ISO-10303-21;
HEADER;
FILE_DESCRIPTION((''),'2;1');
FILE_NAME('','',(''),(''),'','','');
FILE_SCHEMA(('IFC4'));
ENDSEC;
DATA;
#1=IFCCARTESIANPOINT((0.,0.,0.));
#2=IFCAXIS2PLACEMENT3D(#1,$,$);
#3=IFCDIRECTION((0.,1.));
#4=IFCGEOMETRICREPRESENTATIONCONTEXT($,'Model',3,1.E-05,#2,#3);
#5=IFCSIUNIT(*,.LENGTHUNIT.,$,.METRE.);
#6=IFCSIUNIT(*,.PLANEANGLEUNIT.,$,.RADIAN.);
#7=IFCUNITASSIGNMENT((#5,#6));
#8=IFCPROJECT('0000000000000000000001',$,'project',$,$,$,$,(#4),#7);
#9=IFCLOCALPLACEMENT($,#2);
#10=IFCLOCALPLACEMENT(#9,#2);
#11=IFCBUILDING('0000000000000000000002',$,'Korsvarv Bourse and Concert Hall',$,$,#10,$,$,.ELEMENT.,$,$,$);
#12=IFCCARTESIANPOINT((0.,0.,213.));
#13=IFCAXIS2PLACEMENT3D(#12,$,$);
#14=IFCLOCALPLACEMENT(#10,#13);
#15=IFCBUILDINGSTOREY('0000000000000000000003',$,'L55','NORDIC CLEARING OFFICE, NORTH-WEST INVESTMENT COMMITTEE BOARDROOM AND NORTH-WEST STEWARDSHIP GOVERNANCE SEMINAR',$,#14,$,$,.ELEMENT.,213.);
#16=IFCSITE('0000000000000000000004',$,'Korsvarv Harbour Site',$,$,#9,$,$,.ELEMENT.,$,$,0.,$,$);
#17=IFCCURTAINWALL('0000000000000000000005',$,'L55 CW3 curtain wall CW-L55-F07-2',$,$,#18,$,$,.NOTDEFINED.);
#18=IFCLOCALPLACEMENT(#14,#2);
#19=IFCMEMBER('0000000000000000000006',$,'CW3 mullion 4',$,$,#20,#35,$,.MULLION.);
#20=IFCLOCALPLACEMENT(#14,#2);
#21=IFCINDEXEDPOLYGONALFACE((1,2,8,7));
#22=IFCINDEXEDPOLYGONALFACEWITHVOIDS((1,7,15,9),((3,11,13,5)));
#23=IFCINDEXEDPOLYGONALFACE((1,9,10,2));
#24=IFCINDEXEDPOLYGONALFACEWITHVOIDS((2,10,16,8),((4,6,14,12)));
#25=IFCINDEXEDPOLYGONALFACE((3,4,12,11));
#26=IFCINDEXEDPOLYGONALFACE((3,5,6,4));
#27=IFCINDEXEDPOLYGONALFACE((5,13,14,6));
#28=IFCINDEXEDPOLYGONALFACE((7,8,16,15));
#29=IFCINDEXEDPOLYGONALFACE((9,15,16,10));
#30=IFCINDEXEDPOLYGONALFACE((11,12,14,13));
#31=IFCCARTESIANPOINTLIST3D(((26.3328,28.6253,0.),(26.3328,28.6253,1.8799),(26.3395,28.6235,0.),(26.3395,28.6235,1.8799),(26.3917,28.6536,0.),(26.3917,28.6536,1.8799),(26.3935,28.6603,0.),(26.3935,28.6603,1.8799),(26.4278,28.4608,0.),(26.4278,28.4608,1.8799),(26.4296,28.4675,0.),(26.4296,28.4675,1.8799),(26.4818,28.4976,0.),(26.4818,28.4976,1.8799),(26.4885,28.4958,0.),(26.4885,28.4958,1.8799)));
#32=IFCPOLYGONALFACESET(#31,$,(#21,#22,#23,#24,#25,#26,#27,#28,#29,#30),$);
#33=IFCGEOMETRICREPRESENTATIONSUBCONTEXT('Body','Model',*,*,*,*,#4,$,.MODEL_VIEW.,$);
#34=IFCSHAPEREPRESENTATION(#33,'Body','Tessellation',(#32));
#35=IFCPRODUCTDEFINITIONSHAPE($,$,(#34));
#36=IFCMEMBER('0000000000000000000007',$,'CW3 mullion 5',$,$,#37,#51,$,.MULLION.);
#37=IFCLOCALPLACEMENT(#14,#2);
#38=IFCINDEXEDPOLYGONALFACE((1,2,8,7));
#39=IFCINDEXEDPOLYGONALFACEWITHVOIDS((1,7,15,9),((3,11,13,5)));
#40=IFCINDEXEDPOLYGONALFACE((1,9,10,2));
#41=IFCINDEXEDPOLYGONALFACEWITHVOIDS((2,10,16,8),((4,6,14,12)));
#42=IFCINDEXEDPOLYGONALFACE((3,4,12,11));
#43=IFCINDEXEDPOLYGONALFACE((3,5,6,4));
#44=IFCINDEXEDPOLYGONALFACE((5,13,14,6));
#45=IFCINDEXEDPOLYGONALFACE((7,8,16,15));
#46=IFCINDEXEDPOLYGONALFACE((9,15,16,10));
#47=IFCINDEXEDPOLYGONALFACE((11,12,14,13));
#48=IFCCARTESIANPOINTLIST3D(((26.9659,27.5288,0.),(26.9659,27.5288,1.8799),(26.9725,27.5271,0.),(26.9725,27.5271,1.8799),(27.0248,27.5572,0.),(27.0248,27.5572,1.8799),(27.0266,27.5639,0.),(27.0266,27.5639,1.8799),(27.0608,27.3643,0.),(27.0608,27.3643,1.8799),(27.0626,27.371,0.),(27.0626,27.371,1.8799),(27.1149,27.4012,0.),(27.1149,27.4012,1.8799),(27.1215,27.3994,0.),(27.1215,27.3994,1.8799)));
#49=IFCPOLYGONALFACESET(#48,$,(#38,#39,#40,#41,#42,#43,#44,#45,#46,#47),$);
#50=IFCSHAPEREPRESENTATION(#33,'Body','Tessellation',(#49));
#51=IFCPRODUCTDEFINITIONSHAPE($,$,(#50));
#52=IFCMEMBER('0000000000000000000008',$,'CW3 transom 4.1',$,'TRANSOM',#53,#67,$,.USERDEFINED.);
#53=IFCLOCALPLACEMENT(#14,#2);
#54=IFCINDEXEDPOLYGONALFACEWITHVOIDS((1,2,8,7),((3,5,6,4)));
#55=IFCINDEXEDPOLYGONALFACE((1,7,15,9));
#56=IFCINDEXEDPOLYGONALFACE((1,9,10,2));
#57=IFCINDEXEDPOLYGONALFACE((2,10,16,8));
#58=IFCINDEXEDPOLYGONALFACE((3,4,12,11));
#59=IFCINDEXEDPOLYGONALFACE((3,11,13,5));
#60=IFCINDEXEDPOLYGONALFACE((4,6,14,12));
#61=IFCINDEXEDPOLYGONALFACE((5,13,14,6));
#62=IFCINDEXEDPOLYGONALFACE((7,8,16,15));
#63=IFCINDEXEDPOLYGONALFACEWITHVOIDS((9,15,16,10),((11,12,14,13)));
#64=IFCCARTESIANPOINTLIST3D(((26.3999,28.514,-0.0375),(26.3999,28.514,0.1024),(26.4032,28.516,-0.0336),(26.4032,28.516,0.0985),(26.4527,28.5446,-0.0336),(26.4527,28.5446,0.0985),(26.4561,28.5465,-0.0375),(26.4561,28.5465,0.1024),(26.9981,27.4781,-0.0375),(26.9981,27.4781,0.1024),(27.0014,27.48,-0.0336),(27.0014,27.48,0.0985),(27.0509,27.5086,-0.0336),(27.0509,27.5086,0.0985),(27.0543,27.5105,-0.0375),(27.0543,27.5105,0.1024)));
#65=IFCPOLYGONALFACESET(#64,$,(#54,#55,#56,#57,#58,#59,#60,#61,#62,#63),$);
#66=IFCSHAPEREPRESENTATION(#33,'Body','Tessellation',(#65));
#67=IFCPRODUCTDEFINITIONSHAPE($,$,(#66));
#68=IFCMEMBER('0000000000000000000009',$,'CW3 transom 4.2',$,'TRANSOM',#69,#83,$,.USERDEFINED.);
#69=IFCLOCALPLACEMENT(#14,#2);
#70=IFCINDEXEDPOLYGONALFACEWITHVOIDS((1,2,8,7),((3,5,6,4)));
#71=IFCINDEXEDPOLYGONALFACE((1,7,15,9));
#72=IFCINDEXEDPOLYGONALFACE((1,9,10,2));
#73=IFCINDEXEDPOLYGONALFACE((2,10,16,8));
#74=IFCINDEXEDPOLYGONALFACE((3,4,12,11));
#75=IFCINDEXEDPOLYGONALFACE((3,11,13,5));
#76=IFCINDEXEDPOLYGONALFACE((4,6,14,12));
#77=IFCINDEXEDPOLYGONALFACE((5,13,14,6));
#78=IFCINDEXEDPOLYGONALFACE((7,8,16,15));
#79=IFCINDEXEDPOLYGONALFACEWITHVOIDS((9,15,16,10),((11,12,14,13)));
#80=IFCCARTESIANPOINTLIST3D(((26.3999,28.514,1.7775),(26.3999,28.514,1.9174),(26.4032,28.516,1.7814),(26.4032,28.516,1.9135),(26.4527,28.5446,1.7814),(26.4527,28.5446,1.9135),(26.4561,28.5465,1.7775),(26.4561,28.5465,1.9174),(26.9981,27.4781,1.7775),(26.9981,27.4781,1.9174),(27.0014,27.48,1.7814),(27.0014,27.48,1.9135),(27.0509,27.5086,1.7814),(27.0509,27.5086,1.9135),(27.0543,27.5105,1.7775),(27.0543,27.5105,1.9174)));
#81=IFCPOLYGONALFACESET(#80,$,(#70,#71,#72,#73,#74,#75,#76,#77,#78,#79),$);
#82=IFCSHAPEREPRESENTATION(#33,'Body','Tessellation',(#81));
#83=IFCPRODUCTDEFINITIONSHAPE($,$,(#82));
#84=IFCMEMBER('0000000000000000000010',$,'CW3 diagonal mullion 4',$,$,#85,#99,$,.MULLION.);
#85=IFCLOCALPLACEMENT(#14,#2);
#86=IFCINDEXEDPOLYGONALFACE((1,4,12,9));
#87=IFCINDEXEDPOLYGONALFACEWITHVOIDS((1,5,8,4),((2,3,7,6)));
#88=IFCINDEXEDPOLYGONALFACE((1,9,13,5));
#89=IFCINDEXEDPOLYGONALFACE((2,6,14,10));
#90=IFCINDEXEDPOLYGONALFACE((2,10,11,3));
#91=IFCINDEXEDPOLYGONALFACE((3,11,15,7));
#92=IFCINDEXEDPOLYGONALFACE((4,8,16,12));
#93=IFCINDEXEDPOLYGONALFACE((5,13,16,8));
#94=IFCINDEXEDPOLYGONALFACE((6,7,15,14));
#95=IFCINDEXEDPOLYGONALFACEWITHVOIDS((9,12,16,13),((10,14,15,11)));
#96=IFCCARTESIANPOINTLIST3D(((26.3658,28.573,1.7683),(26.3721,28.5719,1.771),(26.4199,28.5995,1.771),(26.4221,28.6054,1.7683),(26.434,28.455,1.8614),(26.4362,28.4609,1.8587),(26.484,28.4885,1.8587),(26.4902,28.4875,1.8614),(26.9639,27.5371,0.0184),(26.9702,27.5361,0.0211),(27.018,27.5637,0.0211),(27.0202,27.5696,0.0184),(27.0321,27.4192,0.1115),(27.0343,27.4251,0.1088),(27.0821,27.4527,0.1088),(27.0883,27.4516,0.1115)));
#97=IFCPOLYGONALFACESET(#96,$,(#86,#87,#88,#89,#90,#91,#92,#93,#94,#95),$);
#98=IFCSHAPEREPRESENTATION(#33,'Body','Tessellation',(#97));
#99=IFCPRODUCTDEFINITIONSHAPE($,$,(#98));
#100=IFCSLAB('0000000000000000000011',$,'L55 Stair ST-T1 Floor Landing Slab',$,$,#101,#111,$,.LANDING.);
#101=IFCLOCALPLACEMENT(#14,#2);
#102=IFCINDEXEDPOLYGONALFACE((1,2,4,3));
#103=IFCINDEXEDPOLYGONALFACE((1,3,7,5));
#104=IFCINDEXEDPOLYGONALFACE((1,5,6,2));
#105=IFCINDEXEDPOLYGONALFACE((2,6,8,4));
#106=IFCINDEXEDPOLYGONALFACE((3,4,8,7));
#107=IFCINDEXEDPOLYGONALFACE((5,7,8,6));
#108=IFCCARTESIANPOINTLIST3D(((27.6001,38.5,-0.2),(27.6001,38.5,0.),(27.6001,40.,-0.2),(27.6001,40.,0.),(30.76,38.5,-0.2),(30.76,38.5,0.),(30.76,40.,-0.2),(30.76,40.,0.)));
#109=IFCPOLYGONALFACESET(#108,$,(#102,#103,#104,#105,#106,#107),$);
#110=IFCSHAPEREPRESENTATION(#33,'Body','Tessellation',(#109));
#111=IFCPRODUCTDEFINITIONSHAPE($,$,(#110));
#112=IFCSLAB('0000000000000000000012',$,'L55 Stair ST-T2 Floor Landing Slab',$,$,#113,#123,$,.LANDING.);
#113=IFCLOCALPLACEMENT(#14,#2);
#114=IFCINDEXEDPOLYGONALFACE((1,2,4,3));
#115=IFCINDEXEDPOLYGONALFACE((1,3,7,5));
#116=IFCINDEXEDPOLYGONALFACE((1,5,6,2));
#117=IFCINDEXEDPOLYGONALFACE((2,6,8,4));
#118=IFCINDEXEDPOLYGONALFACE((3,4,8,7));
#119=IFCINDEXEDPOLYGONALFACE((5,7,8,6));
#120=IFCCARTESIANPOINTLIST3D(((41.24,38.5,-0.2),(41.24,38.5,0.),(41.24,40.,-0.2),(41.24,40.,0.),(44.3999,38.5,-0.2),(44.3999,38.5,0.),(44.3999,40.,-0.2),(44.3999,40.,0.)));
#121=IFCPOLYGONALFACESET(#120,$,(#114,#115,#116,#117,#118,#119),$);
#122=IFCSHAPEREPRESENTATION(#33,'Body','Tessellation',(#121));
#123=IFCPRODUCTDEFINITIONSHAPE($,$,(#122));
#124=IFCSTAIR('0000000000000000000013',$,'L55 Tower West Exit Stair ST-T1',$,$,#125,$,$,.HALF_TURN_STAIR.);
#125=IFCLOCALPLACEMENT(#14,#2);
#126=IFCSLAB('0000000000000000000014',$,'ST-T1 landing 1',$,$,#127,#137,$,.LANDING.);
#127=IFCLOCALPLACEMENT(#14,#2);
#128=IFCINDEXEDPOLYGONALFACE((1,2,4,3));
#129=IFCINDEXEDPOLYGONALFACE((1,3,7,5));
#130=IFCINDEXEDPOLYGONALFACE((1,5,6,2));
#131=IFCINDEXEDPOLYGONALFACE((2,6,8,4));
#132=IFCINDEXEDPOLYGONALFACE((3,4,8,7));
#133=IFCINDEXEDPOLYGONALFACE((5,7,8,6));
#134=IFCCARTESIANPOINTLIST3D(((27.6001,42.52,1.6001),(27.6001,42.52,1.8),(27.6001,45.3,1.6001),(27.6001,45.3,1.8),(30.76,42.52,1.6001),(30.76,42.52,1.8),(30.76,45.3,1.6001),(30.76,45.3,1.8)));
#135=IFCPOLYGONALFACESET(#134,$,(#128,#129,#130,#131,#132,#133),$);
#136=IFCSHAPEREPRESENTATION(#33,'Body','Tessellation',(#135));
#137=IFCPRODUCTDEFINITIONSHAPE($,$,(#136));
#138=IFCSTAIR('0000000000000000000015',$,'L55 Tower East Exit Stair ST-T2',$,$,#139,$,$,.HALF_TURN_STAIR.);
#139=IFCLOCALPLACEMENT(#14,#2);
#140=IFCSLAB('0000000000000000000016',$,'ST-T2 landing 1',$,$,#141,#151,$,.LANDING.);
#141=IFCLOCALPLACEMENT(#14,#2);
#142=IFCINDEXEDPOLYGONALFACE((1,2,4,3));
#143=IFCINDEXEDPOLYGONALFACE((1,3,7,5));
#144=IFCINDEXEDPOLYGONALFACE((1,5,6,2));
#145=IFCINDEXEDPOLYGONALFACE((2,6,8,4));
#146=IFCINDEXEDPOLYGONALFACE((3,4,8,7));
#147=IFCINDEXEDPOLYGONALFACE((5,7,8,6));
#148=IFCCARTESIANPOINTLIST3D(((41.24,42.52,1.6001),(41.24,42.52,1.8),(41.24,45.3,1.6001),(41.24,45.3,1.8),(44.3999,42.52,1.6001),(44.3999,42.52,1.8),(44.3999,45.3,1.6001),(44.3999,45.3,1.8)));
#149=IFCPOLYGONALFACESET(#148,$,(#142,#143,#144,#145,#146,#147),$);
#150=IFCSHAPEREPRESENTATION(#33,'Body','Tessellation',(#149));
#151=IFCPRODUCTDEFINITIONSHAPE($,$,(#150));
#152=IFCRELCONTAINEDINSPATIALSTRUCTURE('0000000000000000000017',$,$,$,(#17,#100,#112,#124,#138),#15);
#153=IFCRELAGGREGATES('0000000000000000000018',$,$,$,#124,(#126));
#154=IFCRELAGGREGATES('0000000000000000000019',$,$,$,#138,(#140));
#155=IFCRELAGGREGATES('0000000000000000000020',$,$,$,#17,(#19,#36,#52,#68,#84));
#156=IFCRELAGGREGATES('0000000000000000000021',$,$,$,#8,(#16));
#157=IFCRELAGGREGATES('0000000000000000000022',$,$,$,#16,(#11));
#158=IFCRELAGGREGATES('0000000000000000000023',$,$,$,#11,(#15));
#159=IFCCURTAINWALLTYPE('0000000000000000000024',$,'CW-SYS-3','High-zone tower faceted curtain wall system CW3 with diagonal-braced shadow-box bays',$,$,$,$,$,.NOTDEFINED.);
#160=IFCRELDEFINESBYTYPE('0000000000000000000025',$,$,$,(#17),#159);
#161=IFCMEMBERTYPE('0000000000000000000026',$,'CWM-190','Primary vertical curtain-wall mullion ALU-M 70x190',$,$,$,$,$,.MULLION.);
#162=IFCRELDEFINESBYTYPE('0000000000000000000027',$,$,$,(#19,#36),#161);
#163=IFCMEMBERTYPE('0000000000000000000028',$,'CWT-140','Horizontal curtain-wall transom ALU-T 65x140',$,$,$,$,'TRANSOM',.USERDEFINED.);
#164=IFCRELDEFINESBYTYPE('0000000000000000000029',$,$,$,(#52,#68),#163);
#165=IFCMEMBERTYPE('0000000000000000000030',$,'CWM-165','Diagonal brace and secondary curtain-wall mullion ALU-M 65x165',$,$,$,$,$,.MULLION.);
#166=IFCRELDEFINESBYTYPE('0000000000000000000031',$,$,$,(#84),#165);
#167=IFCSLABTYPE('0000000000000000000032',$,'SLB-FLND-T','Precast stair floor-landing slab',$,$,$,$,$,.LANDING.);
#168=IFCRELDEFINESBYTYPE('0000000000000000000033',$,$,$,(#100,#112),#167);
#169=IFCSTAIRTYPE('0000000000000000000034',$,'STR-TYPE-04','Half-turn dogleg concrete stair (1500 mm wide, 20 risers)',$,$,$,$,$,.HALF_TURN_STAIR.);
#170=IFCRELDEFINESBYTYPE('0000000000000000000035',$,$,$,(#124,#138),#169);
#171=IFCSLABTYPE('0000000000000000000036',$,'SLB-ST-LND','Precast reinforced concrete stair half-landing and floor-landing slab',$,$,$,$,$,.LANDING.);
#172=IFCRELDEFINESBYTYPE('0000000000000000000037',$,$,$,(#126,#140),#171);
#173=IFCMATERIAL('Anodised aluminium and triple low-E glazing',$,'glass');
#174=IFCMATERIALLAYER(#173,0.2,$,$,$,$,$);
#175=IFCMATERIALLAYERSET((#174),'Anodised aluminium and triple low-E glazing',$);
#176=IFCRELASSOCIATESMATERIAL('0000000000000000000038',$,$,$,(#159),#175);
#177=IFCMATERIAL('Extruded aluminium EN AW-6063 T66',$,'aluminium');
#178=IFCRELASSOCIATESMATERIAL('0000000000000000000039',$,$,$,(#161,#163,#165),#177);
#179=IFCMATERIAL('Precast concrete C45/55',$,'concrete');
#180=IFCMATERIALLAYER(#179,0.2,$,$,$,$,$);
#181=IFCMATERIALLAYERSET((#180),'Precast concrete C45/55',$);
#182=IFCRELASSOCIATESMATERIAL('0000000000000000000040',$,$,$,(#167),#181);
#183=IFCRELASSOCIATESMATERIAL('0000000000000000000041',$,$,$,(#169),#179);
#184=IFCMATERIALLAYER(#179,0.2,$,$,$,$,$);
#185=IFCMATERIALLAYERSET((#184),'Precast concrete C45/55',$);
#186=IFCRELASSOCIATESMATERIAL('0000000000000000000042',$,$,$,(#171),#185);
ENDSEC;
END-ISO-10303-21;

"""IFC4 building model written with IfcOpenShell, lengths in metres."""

from ifc_helpers import new_model, si_unit, direction, frame, origin, origin_2d, place, context, subcontext, project, spatial, polyline, hollow_rectangle, outline, extrude, source, transform, mapped, material, layer, layer_set, material_profile, profile_set, type_object, element, aggregate, save


model = new_model("IFC4")

# Units and contexts
model_context = context("Model", 3, precision=1e-05, world=origin(), true_north=direction((0.0, 1.0)))
body_context = subcontext(model_context, "Body", "Model", "MODEL_VIEW")
ifc_project = project(units=[si_unit("LENGTHUNIT", "METRE"), si_unit("PLANEANGLEUNIT", "RADIAN")], contexts=[model_context])

# Site, building, storey
site_placement = place(None, origin())
site = spatial("IfcSite", under=ifc_project, at=site_placement, Name="Korsvarv Harbour Site", CompositionType="ELEMENT", RefElevation=0.0)
building_placement = place(site_placement, origin())
building = spatial("IfcBuilding", under=site, at=building_placement, Name="Korsvarv Bourse and Concert Hall", CompositionType="ELEMENT")
storey_placement = place(building_placement, frame((0.0, 0.0, 213.0)))
storey = spatial("IfcBuildingStorey", under=building, at=storey_placement, Name="L55", Description="NORDIC CLEARING OFFICE, NORTH-WEST INVESTMENT COMMITTEE BOARDROOM AND NORTH-WEST STEWARDSHIP GOVERNANCE SEMINAR", CompositionType="ELEMENT", Elevation=213.0)

# Curtain wall, members
ifc_material_1 = material(Name="Anodised aluminium and triple low-E glazing", Category="glass")
ifc_layer_1 = layer(ifc_material_1, 0.2)
ifc_layer_set_1 = layer_set([ifc_layer_1], Name="Anodised aluminium and triple low-E glazing")
curtain_wall_type = type_object("IfcCurtainWallType", Name="CW-SYS-3", Description="High-zone tower faceted curtain wall system CW3 with diagonal-braced shadow-box bays", PredefinedType="NOTDEFINED", material=ifc_layer_set_1)
curtain_wall_placement = place(storey_placement, origin())
curtain_wall = element("IfcCurtainWall", 1, at=curtain_wall_placement, inside=storey, type_object=curtain_wall_type, Name="L55 CW3 curtain wall CW-L55-F07-2", PredefinedType="NOTDEFINED")
ifc_material_2 = material(Name="Extruded aluminium EN AW-6063 T66", Category="aluminium")
ifc_material_profile_1 = material_profile(ifc_material_2, hollow_rectangle(XDim=0.0701, YDim=0.1899, WallThickness=0.0049, at=origin_2d()), Name="ALU-M 70x190")
ifc_profile_set_1 = profile_set([ifc_material_profile_1], Name="Extruded aluminium EN AW-6063 T66")
member_type_1 = type_object("IfcMemberType", Name="CWM-190", Description="Primary vertical curtain-wall mullion ALU-M 70x190", PredefinedType="MULLION", material=ifc_profile_set_1)
shared_shape_1 = source(origin(), body_context, "Body", "SweptSolid", [
    extrude(hollow_rectangle(XDim=0.0701, YDim=0.1899, WallThickness=0.0049, at=origin_2d()), origin(), (0.0, 0.0, 1.0), 1.8799),
])
member_1_placement = place(storey_placement, frame((26.4106, 28.5605, 0.0), z_axis=(0.0, 0.0, 1.0), x_axis=(0.866026, 0.499999, 0.0)))
member_1 = element("IfcMember", 2, at=member_1_placement, type_object=member_type_1, Name="CW3 mullion 4", PredefinedType="MULLION", context=body_context, shape_type="MappedRepresentation", body=[
    mapped(shared_shape_1, transform((0.0, 0.0, 0.0), scale=1.0)),
])
member_2_placement = place(storey_placement, frame((27.0437, 27.4641, 0.0), z_axis=(0.0, 0.0, 1.0), x_axis=(0.866026, 0.499999, 0.0)))
member_2 = element("IfcMember", 3, at=member_2_placement, type_object=member_type_1, Name="CW3 mullion 5", PredefinedType="MULLION", context=body_context, shape_type="MappedRepresentation", body=[
    mapped(shared_shape_1, transform((0.0, 0.0, 0.0), scale=1.0)),
])
ifc_material_profile_2 = material_profile(ifc_material_2, hollow_rectangle(XDim=0.0649, YDim=0.1399, WallThickness=0.0039, at=origin_2d()), Name="ALU-T 65x140")
ifc_profile_set_2 = profile_set([ifc_material_profile_2], Name="Extruded aluminium EN AW-6063 T66")
member_type_2 = type_object("IfcMemberType", Name="CWT-140", Description="Horizontal curtain-wall transom ALU-T 65x140", ElementType="TRANSOM", PredefinedType="USERDEFINED", material=ifc_profile_set_2)
shared_shape_2 = source(origin(), body_context, "Body", "SweptSolid", [
    extrude(hollow_rectangle(XDim=0.0649, YDim=0.1399, WallThickness=0.0039, at=origin_2d()), origin(), (0.0, 0.0, 1.0), 1.1963),
])
member_3_placement = place(storey_placement, frame((26.428, 28.5303, 0.0325), z_axis=(0.500046, -0.865999, 0.0), x_axis=(0.865999, 0.500046, 0.0)))
member_3 = element("IfcMember", 4, at=member_3_placement, type_object=member_type_2, Name="CW3 transom 4.1", ObjectType="TRANSOM", PredefinedType="USERDEFINED", context=body_context, shape_type="MappedRepresentation", body=[
    mapped(shared_shape_2, transform((0.0, 0.0, 0.0), scale=1.0)),
])
member_4_placement = place(storey_placement, frame((26.428, 28.5303, 1.8474), z_axis=(0.500046, -0.865999, 0.0), x_axis=(0.865999, 0.500046, 0.0)))
member_4 = element("IfcMember", 5, at=member_4_placement, type_object=member_type_2, Name="CW3 transom 4.2", ObjectType="TRANSOM", PredefinedType="USERDEFINED", context=body_context, shape_type="MappedRepresentation", body=[
    mapped(shared_shape_2, transform((0.0, 0.0, 0.0), scale=1.0)),
])
ifc_material_profile_3 = material_profile(ifc_material_2, hollow_rectangle(XDim=0.0649, YDim=0.165, WallThickness=0.0049, at=origin_2d()), Name="ALU-M 65x165")
ifc_profile_set_3 = profile_set([ifc_material_profile_3], Name="Extruded aluminium EN AW-6063 T66")
member_type_3 = type_object("IfcMemberType", Name="CWM-165", Description="Diagonal brace and secondary curtain-wall mullion ALU-M 65x165", PredefinedType="MULLION", material=ifc_profile_set_3)
shared_shape_3 = source(origin(), body_context, "Body", "SweptSolid", [
    extrude(hollow_rectangle(XDim=0.0649, YDim=0.165, WallThickness=0.0049, at=origin_2d()), origin(), (0.0, 0.0, 1.0), 2.1196),
])
member_5_placement = place(storey_placement, frame((27.0261, 27.4944, 0.0649), z_axis=(-0.282177, 0.488684, 0.825569), x_axis=(-0.865999, -0.500046, 0.0)))
member_5 = element("IfcMember", 6, at=member_5_placement, type_object=member_type_3, Name="CW3 diagonal mullion 4", PredefinedType="MULLION", context=body_context, shape_type="MappedRepresentation", body=[
    mapped(shared_shape_3, transform((0.0, 0.0, 0.0), scale=1.0)),
])

# Slabs
ifc_material_3 = material(Name="Precast concrete C45/55", Category="concrete")
ifc_layer_2 = layer(ifc_material_3, 0.2)
ifc_layer_set_2 = layer_set([ifc_layer_2], Name="Precast concrete C45/55")
slab_type_1 = type_object("IfcSlabType", Name="SLB-FLND-T", Description="Precast stair floor-landing slab", PredefinedType="LANDING", material=ifc_layer_set_2)
slab_1_placement = place(storey_placement, frame((0.0, 0.0, -0.2)))
element("IfcSlab", 7, at=slab_1_placement, inside=storey, type_object=slab_type_1, Name="L55 Stair ST-T1 Floor Landing Slab", PredefinedType="LANDING", context=body_context, shape_type="SweptSolid", body=[
    extrude(outline(polyline([(30.76, 38.5), (30.76, 40.0), (27.6001, 40.0), (27.6001, 38.5), (30.76, 38.5)])), origin(), (0.0, 0.0, 1.0), 0.2),
])
slab_2_placement = place(storey_placement, frame((0.0, 0.0, -0.2)))
element("IfcSlab", 8, at=slab_2_placement, inside=storey, type_object=slab_type_1, Name="L55 Stair ST-T2 Floor Landing Slab", PredefinedType="LANDING", context=body_context, shape_type="SweptSolid", body=[
    extrude(outline(polyline([(44.3999, 38.5), (44.3999, 40.0), (41.24, 40.0), (41.24, 38.5), (44.3999, 38.5)])), origin(), (0.0, 0.0, 1.0), 0.2),
])

# Stairs, slabs
stair_type = type_object("IfcStairType", Name="STR-TYPE-04", Description="Half-turn dogleg concrete stair (1500 mm wide, 20 risers)", PredefinedType="HALF_TURN_STAIR", material=ifc_material_3)
stair_1_placement = place(storey_placement, origin())
stair_1 = element("IfcStair", 9, at=stair_1_placement, inside=storey, type_object=stair_type, Name="L55 Tower West Exit Stair ST-T1", PredefinedType="HALF_TURN_STAIR")
ifc_layer_3 = layer(ifc_material_3, 0.2)
ifc_layer_set_3 = layer_set([ifc_layer_3], Name="Precast concrete C45/55")
slab_type_2 = type_object("IfcSlabType", Name="SLB-ST-LND", Description="Precast reinforced concrete stair half-landing and floor-landing slab", PredefinedType="LANDING", material=ifc_layer_set_3)
slab_3_placement = place(storey_placement, frame((0.0, 0.0, 1.6001)))
slab_3 = element("IfcSlab", 10, at=slab_3_placement, type_object=slab_type_2, Name="ST-T1 landing 1", PredefinedType="LANDING", context=body_context, shape_type="SweptSolid", body=[
    extrude(outline(polyline([(30.76, 42.52), (30.76, 45.3), (27.6001, 45.3), (27.6001, 42.52), (30.76, 42.52)])), origin(), (0.0, 0.0, 1.0), 0.2),
])
aggregate(stair_1, [slab_3])
stair_2_placement = place(storey_placement, origin())
stair_2 = element("IfcStair", 11, at=stair_2_placement, inside=storey, type_object=stair_type, Name="L55 Tower East Exit Stair ST-T2", PredefinedType="HALF_TURN_STAIR")
slab_4_placement = place(storey_placement, frame((0.0, 0.0, 1.6001)))
slab_4 = element("IfcSlab", 12, at=slab_4_placement, type_object=slab_type_2, Name="ST-T2 landing 1", PredefinedType="LANDING", context=body_context, shape_type="SweptSolid", body=[
    extrude(outline(polyline([(44.3999, 42.52), (44.3999, 45.3), (41.24, 45.3), (41.24, 42.52), (44.3999, 42.52)])), origin(), (0.0, 0.0, 1.0), 0.2),
])
aggregate(stair_2, [slab_4])

aggregate(curtain_wall, [member_1, member_2, member_3, member_4, member_5])

save(model, "model.ifc")
